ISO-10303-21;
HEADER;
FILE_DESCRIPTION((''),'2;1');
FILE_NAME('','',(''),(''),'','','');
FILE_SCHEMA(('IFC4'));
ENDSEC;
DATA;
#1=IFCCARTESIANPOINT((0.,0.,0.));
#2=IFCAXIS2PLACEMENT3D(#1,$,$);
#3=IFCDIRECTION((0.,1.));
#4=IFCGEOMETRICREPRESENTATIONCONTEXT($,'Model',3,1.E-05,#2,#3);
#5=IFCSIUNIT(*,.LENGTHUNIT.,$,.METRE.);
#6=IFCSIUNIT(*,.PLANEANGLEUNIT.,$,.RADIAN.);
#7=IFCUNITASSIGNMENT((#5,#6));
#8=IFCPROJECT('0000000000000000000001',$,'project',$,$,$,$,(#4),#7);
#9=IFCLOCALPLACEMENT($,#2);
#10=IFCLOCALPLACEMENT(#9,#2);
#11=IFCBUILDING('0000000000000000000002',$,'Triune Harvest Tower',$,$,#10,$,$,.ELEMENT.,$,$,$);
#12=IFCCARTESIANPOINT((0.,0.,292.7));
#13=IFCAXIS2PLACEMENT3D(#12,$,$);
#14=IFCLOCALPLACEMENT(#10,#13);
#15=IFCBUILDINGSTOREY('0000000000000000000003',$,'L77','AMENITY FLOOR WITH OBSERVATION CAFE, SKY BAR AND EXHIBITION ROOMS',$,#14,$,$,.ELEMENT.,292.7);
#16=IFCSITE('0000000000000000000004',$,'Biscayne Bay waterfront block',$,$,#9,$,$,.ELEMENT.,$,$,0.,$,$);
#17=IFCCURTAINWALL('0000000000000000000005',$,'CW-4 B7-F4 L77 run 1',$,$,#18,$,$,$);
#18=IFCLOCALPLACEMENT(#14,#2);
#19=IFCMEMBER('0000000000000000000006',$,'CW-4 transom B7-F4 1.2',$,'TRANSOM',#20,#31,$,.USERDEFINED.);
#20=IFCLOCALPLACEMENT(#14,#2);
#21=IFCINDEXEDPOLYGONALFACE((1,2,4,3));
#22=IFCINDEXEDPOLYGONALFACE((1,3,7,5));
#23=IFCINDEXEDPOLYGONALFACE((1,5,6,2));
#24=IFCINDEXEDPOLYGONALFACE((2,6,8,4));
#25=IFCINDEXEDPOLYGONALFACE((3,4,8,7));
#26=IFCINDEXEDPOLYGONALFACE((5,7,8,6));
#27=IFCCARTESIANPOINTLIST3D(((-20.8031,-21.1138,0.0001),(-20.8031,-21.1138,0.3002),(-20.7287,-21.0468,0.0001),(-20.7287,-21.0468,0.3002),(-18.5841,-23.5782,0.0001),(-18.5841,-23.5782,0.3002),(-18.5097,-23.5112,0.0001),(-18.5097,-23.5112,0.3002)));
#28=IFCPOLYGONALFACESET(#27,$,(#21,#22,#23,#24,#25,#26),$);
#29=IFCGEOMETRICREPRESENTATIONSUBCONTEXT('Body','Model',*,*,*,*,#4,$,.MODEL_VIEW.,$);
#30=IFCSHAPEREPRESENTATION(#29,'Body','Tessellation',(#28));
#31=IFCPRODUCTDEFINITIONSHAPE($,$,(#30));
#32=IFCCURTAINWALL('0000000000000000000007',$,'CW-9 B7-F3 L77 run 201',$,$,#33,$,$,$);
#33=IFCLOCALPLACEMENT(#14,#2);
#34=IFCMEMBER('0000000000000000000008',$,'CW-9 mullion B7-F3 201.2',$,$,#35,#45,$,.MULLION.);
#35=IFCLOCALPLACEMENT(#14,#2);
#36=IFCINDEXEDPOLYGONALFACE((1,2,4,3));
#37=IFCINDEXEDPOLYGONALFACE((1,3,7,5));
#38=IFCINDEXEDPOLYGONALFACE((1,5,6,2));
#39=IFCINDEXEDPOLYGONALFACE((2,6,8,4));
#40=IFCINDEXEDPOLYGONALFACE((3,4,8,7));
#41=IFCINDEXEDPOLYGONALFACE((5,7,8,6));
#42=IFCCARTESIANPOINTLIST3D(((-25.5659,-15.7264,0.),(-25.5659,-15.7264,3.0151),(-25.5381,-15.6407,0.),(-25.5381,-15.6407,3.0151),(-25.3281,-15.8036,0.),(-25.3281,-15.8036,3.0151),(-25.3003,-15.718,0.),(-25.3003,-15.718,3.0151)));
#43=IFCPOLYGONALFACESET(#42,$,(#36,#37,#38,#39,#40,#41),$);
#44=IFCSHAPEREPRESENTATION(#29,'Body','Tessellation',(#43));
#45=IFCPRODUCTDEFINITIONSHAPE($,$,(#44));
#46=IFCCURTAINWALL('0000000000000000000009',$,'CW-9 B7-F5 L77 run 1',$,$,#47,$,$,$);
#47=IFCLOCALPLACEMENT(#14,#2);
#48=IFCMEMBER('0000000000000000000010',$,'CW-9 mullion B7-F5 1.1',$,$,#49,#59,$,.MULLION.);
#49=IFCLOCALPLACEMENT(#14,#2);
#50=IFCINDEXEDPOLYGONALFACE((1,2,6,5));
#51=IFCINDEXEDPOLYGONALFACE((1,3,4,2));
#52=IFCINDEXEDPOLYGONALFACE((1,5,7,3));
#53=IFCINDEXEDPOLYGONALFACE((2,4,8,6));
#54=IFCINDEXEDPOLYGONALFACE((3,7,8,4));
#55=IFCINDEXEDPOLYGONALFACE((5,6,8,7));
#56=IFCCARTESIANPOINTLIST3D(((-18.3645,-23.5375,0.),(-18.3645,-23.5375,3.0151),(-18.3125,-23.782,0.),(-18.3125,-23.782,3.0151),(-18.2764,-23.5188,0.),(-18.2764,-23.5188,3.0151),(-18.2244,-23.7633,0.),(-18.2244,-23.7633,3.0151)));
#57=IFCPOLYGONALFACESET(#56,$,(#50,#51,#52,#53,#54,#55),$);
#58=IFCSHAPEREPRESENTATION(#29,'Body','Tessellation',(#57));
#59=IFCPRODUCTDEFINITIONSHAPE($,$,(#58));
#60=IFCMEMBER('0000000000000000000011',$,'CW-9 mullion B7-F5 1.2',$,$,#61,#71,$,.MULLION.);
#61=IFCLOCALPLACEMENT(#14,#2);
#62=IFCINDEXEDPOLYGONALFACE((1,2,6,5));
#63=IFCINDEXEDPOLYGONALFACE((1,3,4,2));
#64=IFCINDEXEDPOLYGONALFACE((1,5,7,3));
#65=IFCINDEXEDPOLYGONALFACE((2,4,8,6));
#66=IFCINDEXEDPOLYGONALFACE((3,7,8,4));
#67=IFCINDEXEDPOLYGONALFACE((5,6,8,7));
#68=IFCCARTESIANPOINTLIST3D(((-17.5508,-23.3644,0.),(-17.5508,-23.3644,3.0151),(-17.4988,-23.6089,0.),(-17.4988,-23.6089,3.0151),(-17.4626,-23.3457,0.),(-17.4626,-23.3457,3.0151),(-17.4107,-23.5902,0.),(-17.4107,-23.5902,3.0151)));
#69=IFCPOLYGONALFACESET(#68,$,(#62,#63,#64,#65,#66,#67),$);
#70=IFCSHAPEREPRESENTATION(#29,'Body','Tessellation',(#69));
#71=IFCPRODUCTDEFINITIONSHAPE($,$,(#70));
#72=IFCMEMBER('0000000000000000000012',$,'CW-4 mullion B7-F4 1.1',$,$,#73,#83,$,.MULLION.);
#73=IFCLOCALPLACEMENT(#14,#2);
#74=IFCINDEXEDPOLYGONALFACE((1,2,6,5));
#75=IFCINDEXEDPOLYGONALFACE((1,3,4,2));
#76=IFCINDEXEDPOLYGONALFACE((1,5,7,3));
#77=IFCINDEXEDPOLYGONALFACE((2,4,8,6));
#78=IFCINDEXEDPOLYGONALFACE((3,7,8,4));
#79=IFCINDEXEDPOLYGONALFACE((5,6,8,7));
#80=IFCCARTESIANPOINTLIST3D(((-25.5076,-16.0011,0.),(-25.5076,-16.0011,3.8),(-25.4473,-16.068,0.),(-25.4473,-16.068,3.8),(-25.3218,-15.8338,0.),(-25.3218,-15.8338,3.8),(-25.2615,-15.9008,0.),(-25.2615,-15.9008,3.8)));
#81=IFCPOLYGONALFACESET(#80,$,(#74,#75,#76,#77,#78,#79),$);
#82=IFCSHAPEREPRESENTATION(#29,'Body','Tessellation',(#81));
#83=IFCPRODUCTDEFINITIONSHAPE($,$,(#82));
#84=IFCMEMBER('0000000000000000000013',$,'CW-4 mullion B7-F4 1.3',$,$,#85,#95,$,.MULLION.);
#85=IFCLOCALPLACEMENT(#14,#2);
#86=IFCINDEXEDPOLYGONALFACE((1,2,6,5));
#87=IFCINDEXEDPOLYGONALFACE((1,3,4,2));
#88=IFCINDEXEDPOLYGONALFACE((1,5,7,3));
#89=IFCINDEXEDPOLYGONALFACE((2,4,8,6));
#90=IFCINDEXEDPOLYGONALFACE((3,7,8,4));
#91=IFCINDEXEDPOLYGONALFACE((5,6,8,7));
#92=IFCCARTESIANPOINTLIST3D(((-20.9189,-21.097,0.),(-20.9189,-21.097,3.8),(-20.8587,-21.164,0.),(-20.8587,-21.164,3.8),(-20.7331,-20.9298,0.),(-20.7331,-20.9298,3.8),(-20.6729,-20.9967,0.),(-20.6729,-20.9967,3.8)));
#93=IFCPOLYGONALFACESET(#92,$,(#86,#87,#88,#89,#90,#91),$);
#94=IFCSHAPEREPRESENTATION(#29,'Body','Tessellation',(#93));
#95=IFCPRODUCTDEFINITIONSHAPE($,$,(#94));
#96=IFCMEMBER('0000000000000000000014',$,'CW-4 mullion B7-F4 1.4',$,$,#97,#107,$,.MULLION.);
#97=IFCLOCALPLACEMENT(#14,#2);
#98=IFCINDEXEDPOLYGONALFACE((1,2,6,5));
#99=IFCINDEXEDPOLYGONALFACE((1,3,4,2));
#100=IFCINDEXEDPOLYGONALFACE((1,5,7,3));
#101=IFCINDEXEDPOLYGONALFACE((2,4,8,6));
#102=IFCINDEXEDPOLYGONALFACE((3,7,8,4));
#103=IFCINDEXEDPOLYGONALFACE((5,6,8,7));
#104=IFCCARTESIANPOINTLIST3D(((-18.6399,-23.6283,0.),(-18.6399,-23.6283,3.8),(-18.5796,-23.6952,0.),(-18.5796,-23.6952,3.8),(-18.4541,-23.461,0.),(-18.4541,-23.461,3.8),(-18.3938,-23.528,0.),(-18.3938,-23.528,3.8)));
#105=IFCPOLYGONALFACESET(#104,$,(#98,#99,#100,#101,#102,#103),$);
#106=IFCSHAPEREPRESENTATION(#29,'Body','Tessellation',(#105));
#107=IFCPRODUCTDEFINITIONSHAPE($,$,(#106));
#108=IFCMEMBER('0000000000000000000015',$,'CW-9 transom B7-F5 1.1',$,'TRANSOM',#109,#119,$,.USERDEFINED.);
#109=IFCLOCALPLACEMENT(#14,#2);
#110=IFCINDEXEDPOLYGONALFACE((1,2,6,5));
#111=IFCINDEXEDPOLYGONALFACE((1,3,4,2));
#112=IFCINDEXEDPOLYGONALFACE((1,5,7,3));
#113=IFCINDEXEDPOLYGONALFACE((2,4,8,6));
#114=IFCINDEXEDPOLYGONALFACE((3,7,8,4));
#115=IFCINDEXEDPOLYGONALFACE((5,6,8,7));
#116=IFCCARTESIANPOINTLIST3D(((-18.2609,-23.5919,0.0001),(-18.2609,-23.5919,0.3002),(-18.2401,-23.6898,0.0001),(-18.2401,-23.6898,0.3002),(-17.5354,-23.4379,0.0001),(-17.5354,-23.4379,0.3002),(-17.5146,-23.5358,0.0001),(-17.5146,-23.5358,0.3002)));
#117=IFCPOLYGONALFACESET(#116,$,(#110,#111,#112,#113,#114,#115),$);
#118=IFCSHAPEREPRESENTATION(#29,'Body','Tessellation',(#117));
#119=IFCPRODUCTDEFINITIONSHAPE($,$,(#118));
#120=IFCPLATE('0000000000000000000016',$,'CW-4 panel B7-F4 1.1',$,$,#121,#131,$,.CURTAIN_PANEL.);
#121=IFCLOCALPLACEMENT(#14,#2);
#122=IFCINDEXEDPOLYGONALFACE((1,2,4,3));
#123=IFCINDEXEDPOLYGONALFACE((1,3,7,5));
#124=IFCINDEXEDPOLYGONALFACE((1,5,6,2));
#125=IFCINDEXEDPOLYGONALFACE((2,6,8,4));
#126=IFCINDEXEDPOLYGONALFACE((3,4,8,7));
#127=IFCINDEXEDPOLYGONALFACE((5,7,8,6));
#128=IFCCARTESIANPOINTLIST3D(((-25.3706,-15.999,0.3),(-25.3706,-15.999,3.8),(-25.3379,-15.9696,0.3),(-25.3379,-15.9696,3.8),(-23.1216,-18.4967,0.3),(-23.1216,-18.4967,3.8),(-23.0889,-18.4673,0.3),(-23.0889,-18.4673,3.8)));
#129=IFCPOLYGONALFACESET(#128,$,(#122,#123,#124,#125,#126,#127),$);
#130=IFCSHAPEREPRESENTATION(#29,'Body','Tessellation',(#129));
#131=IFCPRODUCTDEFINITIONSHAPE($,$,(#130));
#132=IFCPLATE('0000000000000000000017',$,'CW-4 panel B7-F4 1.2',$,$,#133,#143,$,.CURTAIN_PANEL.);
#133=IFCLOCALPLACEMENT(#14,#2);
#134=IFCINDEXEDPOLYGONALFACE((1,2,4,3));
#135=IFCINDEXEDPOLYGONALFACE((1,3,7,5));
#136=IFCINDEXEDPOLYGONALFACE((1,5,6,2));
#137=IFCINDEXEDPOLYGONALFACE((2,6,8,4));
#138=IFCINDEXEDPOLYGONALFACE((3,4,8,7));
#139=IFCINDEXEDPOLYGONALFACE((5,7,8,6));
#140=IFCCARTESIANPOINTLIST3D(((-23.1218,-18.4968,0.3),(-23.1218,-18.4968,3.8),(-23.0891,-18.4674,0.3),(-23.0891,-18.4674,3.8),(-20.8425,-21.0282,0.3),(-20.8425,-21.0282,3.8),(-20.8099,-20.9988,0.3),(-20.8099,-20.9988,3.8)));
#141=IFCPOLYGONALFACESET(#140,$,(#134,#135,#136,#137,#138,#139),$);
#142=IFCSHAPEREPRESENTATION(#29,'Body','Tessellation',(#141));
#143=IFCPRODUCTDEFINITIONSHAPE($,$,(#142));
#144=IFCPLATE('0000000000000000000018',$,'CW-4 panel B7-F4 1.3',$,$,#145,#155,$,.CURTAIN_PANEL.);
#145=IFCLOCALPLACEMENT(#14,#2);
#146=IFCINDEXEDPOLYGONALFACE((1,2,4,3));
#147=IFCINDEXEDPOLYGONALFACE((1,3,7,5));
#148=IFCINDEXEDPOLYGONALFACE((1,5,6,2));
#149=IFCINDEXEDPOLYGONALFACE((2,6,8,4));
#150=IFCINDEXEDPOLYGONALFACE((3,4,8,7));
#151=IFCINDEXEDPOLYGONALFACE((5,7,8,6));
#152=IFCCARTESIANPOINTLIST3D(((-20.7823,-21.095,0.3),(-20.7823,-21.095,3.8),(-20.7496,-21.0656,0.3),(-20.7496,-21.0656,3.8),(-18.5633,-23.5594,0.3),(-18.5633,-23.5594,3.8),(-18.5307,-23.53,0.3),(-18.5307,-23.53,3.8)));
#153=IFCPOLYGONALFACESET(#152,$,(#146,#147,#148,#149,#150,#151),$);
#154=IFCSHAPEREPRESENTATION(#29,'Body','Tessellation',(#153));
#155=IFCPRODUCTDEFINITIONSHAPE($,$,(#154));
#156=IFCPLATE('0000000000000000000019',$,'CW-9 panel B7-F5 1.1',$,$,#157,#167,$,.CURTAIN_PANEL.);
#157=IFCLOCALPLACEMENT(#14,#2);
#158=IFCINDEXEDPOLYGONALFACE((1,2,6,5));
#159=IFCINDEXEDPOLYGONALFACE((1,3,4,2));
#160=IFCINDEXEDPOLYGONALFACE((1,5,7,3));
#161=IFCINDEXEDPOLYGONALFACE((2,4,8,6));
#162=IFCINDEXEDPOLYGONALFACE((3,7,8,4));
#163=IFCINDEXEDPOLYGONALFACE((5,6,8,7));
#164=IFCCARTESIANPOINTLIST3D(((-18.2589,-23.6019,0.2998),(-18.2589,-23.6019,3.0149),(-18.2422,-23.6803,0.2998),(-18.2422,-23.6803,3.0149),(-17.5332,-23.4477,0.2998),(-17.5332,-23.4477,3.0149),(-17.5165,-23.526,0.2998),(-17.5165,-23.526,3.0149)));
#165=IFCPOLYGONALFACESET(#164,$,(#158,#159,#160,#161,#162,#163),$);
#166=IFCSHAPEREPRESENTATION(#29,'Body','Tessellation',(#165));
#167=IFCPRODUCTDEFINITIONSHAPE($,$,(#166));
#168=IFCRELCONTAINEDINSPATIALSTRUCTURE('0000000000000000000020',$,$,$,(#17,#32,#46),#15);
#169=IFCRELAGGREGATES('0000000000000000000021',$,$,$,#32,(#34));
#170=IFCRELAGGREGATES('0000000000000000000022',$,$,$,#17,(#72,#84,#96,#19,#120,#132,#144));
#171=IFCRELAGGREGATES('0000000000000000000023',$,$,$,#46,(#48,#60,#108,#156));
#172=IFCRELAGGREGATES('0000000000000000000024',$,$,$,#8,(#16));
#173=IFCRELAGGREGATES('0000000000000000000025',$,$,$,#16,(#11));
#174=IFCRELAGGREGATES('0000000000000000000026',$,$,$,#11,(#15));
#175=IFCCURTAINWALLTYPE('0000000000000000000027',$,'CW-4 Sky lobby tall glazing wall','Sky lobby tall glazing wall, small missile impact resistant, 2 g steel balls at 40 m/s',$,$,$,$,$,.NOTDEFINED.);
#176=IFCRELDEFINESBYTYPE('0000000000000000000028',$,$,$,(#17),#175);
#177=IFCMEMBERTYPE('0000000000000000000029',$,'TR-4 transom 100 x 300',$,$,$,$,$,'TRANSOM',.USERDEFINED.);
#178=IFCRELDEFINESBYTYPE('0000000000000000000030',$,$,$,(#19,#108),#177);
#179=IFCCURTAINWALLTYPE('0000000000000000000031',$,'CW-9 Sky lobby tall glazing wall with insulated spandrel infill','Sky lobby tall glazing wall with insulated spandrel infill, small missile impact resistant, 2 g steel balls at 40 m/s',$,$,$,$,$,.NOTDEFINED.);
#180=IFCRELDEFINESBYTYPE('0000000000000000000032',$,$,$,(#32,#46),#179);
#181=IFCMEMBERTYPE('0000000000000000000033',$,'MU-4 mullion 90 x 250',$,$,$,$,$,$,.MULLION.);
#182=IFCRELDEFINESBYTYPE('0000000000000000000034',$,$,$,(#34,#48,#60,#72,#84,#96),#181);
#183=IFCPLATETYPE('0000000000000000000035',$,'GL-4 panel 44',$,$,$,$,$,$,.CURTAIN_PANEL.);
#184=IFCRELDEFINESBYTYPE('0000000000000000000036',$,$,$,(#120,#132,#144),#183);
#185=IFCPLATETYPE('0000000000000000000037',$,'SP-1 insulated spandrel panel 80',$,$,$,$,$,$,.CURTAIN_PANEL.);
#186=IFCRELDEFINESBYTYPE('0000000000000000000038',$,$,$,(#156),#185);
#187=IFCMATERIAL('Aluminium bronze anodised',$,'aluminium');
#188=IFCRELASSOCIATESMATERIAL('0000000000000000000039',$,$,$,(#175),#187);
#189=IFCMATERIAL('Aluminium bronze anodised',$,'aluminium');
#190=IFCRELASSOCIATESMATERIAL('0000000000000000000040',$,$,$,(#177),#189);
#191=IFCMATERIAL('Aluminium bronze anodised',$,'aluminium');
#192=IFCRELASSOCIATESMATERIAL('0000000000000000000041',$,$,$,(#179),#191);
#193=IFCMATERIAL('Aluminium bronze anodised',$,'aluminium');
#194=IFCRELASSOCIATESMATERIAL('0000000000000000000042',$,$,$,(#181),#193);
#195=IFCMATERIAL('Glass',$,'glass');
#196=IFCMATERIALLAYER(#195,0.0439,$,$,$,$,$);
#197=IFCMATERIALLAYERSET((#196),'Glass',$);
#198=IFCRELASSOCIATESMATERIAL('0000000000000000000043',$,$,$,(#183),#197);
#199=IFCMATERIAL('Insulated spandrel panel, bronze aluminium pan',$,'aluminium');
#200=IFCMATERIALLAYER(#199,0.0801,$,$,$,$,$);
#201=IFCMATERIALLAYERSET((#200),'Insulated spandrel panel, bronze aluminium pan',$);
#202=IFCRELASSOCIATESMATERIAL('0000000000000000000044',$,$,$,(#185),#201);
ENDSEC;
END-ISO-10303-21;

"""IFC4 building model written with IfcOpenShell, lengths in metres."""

from ifc_helpers import new_model, si_unit, direction, frame, origin, origin_2d, place, context, subcontext, project, spatial, rectangle, extrude, source, transform, mapped, material, layer, layer_set, material_profile, profile_set, type_object, element, aggregate, save


model = new_model("IFC4")

# Units and contexts
model_context = context("Model", 3, precision=1e-05, world=origin(), true_north=direction((0.0, 1.0)))
body_context = subcontext(model_context, "Body", "Model", "MODEL_VIEW")
ifc_project = project(units=[si_unit("LENGTHUNIT", "METRE"), si_unit("PLANEANGLEUNIT", "RADIAN")], contexts=[model_context])

# Site, building, storey
site_placement = place(None, origin())
site = spatial("IfcSite", under=ifc_project, at=site_placement, Name="Biscayne Bay waterfront block", CompositionType="ELEMENT", RefElevation=0.0)
building_placement = place(site_placement, origin())
building = spatial("IfcBuilding", under=site, at=building_placement, Name="Triune Harvest Tower", CompositionType="ELEMENT")
storey_placement = place(building_placement, frame((0.0, 0.0, 292.7)))
storey = spatial("IfcBuildingStorey", under=building, at=storey_placement, Name="L77", Description="AMENITY FLOOR WITH OBSERVATION CAFE, SKY BAR AND EXHIBITION ROOMS", CompositionType="ELEMENT", Elevation=292.7)

# Curtain wall, member
ifc_material_1 = material(Name="Aluminium bronze anodised", Category="aluminium")
curtain_wall_type_1 = type_object("IfcCurtainWallType", Name="CW-4 Sky lobby tall glazing wall", Description="Sky lobby tall glazing wall, small missile impact resistant, 2 g steel balls at 40 m/s", PredefinedType="NOTDEFINED", material=ifc_material_1)
curtain_wall_1_placement = place(storey_placement, origin())
curtain_wall_1 = element("IfcCurtainWall", 1, at=curtain_wall_1_placement, inside=storey, type_object=curtain_wall_type_1, Name="CW-4 B7-F4 L77 run 1")
ifc_material_2 = material(Name="Aluminium bronze anodised", Category="aluminium")
ifc_material_profile_1 = material_profile(ifc_material_2, rectangle(XDim=0.1001, YDim=0.3, at=origin_2d()), Name="TR-4 transom 100 x 300")
ifc_profile_set_1 = profile_set([ifc_material_profile_1], Name="Aluminium bronze anodised")
member_type_1 = type_object("IfcMemberType", Name="TR-4 transom 100 x 300", ElementType="TRANSOM", PredefinedType="USERDEFINED", material=ifc_profile_set_1)
shared_shape_1 = source(origin(), body_context, "Body", "SweptSolid", [
    extrude(rectangle(XDim=0.1001, YDim=0.3, at=origin_2d()), origin(), (0.0, 0.0, 1.0), 3.3162),
])
member_1_placement = place(storey_placement, frame((-20.7659, -21.0803, 0.1501), z_axis=(0.669144, -0.743133, 0.0), x_axis=(0.743133, 0.669144, 0.0)))
member_1 = element("IfcMember", 2, at=member_1_placement, type_object=member_type_1, Name="CW-4 transom B7-F4 1.2", ObjectType="TRANSOM", PredefinedType="USERDEFINED", context=body_context, shape_type="MappedRepresentation", body=[
    mapped(shared_shape_1, transform((0.0, 0.0, 0.0), scale=1.0)),
])

# Curtain wall, member
ifc_material_3 = material(Name="Aluminium bronze anodised", Category="aluminium")
curtain_wall_type_2 = type_object("IfcCurtainWallType", Name="CW-9 Sky lobby tall glazing wall with insulated spandrel infill", Description="Sky lobby tall glazing wall with insulated spandrel infill, small missile impact resistant, 2 g steel balls at 40 m/s", PredefinedType="NOTDEFINED", material=ifc_material_3)
curtain_wall_2_placement = place(storey_placement, origin())
curtain_wall_2 = element("IfcCurtainWall", 3, at=curtain_wall_2_placement, inside=storey, type_object=curtain_wall_type_2, Name="CW-9 B7-F3 L77 run 201")
ifc_material_4 = material(Name="Aluminium bronze anodised", Category="aluminium")
ifc_material_profile_2 = material_profile(ifc_material_4, rectangle(XDim=0.25, YDim=0.0901, at=origin_2d()), Name="MU-4 mullion 90 x 250")
ifc_profile_set_2 = profile_set([ifc_material_profile_2], Name="Aluminium bronze anodised")
member_type_2 = type_object("IfcMemberType", Name="MU-4 mullion 90 x 250", PredefinedType="MULLION", material=ifc_profile_set_2)
shared_shape_2 = source(origin(), body_context, "Body", "SweptSolid", [
    extrude(rectangle(XDim=0.25, YDim=0.0901, at=origin_2d()), origin(), (0.0, 0.0, 1.0), 3.0151),
])
member_2_placement = place(storey_placement, frame((-25.4331, -15.7222, 0.0), z_axis=(0.0, 0.0, 1.0), x_axis=(0.951051, -0.309034, 0.0)))
member_2 = element("IfcMember", 4, at=member_2_placement, type_object=member_type_2, Name="CW-9 mullion B7-F3 201.2", PredefinedType="MULLION", context=body_context, shape_type="MappedRepresentation", body=[
    mapped(shared_shape_2, transform((0.0, 0.0, 0.0), scale=1.0)),
])
aggregate(curtain_wall_2, [member_2])

# Curtain wall, members
curtain_wall_3_placement = place(storey_placement, origin())
curtain_wall_3 = element("IfcCurtainWall", 5, at=curtain_wall_3_placement, inside=storey, type_object=curtain_wall_type_2, Name="CW-9 B7-F5 L77 run 1")
member_3_placement = place(storey_placement, frame((-18.2944, -23.6504, 0.0), z_axis=(0.0, 0.0, 1.0), x_axis=(-0.207951, 0.978139, 0.0)))
member_3 = element("IfcMember", 6, at=member_3_placement, type_object=member_type_2, Name="CW-9 mullion B7-F5 1.1", PredefinedType="MULLION", context=body_context, shape_type="MappedRepresentation", body=[
    mapped(shared_shape_2, transform((0.0, 0.0, 0.0), scale=1.0)),
])
member_4_placement = place(storey_placement, frame((-17.4807, -23.4773, 0.0), z_axis=(0.0, 0.0, 1.0), x_axis=(-0.207951, 0.978139, 0.0)))
member_4 = element("IfcMember", 7, at=member_4_placement, type_object=member_type_2, Name="CW-9 mullion B7-F5 1.2", PredefinedType="MULLION", context=body_context, shape_type="MappedRepresentation", body=[
    mapped(shared_shape_2, transform((0.0, 0.0, 0.0), scale=1.0)),
])

# Members
shared_shape_3 = source(origin(), body_context, "Body", "SweptSolid", [
    extrude(rectangle(XDim=0.25, YDim=0.0901, at=origin_2d()), origin(), (0.0, 0.0, 1.0), 3.8),
])
member_5_placement = place(storey_placement, frame((-25.3845, -15.9509, 0.0), z_axis=(0.0, 0.0, 1.0), x_axis=(0.743144, 0.669132, 0.0)))
member_5 = element("IfcMember", 8, at=member_5_placement, type_object=member_type_2, Name="CW-4 mullion B7-F4 1.1", PredefinedType="MULLION", context=body_context, shape_type="MappedRepresentation", body=[
    mapped(shared_shape_3, transform((0.0, 0.0, 0.0), scale=1.0)),
])
member_6_placement = place(storey_placement, frame((-20.7959, -21.0469, 0.0), z_axis=(0.0, 0.0, 1.0), x_axis=(0.743144, 0.669132, 0.0)))
member_6 = element("IfcMember", 9, at=member_6_placement, type_object=member_type_2, Name="CW-4 mullion B7-F4 1.3", PredefinedType="MULLION", context=body_context, shape_type="MappedRepresentation", body=[
    mapped(shared_shape_3, transform((0.0, 0.0, 0.0), scale=1.0)),
])
member_7_placement = place(storey_placement, frame((-18.5168, -23.5781, 0.0), z_axis=(0.0, 0.0, 1.0), x_axis=(0.743144, 0.669132, 0.0)))
member_7 = element("IfcMember", 10, at=member_7_placement, type_object=member_type_2, Name="CW-4 mullion B7-F4 1.4", PredefinedType="MULLION", context=body_context, shape_type="MappedRepresentation", body=[
    mapped(shared_shape_3, transform((0.0, 0.0, 0.0), scale=1.0)),
])
shared_shape_4 = source(origin(), body_context, "Body", "SweptSolid", [
    extrude(rectangle(XDim=0.1001, YDim=0.3, at=origin_2d()), origin(), (0.0, 0.0, 1.0), 0.7417),
])
member_8_placement = place(storey_placement, frame((-18.2505, -23.6409, 0.1501), z_axis=(0.978196, 0.207686, 0.0), x_axis=(-0.207686, 0.978196, 0.0)))
member_8 = element("IfcMember", 11, at=member_8_placement, type_object=member_type_1, Name="CW-9 transom B7-F5 1.1", ObjectType="TRANSOM", PredefinedType="USERDEFINED", context=body_context, shape_type="MappedRepresentation", body=[
    mapped(shared_shape_4, transform((0.0, 0.0, 0.0), scale=1.0)),
])

# Plates
ifc_material_5 = material(Name="Glass", Category="glass")
ifc_layer_1 = layer(ifc_material_5, 0.0439)
ifc_layer_set_1 = layer_set([ifc_layer_1], Name="Glass")
plate_type_1 = type_object("IfcPlateType", Name="GL-4 panel 44", PredefinedType="CURTAIN_PANEL", material=ifc_layer_set_1)
plate_1_placement = place(storey_placement, frame((-24.2297, -17.2332, 0.3), z_axis=(0.0, 0.0, 1.0), x_axis=(0.669132, -0.743144, 0.0)))
plate_1 = element("IfcPlate", 12, at=plate_1_placement, type_object=plate_type_1, Name="CW-4 panel B7-F4 1.1", PredefinedType="CURTAIN_PANEL", context=body_context, shape_type="SweptSolid", body=[
    extrude(rectangle(XDim=3.3611, YDim=0.0439, at=origin_2d()), origin(), (0.0, 0.0, 1.0), 3.5),
])
shared_shape_5 = source(origin(), body_context, "Body", "SweptSolid", [
    extrude(rectangle(XDim=3.4062, YDim=0.0439, at=origin_2d()), origin(), (0.0, 0.0, 1.0), 3.5),
])
plate_2_placement = place(storey_placement, frame((-21.9658, -19.7478, 0.3), z_axis=(0.0, 0.0, 1.0), x_axis=(0.669132, -0.743144, 0.0)))
plate_2 = element("IfcPlate", 13, at=plate_2_placement, type_object=plate_type_1, Name="CW-4 panel B7-F4 1.2", PredefinedType="CURTAIN_PANEL", context=body_context, shape_type="MappedRepresentation", body=[
    mapped(shared_shape_5, transform((0.0, 0.0, 0.0), scale=1.0)),
])
shared_shape_6 = source(origin(), body_context, "Body", "SweptSolid", [
    extrude(rectangle(XDim=3.3162, YDim=0.0439, at=origin_2d()), origin(), (0.0, 0.0, 1.0), 3.5),
])
plate_3_placement = place(storey_placement, frame((-19.6565, -22.3125, 0.3), z_axis=(0.0, 0.0, 1.0), x_axis=(0.669132, -0.743144, 0.0)))
plate_3 = element("IfcPlate", 14, at=plate_3_placement, type_object=plate_type_1, Name="CW-4 panel B7-F4 1.3", PredefinedType="CURTAIN_PANEL", context=body_context, shape_type="MappedRepresentation", body=[
    mapped(shared_shape_6, transform((0.0, 0.0, 0.0), scale=1.0)),
])
aggregate(curtain_wall_1, [member_5, member_6, member_7, member_1, plate_1, plate_2, plate_3])
ifc_material_6 = material(Name="Insulated spandrel panel, bronze aluminium pan", Category="aluminium")
ifc_layer_2 = layer(ifc_material_6, 0.0801)
ifc_layer_set_2 = layer_set([ifc_layer_2], Name="Insulated spandrel panel, bronze aluminium pan")
plate_type_2 = type_object("IfcPlateType", Name="SP-1 insulated spandrel panel 80", PredefinedType="CURTAIN_PANEL", material=ifc_layer_set_2)
shared_shape_7 = source(origin(), body_context, "Body", "SweptSolid", [
    extrude(rectangle(XDim=0.7419, YDim=0.0801, at=origin_2d()), origin(), (0.0, 0.0, 1.0), 2.7151),
])
plate_4_placement = place(storey_placement, frame((-17.8877, -23.564, 0.2998), z_axis=(0.0, 0.0, 1.0), x_axis=(0.978139, 0.207951, 0.0)))
plate_4 = element("IfcPlate", 15, at=plate_4_placement, type_object=plate_type_2, Name="CW-9 panel B7-F5 1.1", PredefinedType="CURTAIN_PANEL", context=body_context, shape_type="MappedRepresentation", body=[
    mapped(shared_shape_7, transform((0.0, 0.0, 0.0), scale=1.0)),
])
aggregate(curtain_wall_3, [member_3, member_4, member_8, plate_4])

save(model, "model.ifc")
